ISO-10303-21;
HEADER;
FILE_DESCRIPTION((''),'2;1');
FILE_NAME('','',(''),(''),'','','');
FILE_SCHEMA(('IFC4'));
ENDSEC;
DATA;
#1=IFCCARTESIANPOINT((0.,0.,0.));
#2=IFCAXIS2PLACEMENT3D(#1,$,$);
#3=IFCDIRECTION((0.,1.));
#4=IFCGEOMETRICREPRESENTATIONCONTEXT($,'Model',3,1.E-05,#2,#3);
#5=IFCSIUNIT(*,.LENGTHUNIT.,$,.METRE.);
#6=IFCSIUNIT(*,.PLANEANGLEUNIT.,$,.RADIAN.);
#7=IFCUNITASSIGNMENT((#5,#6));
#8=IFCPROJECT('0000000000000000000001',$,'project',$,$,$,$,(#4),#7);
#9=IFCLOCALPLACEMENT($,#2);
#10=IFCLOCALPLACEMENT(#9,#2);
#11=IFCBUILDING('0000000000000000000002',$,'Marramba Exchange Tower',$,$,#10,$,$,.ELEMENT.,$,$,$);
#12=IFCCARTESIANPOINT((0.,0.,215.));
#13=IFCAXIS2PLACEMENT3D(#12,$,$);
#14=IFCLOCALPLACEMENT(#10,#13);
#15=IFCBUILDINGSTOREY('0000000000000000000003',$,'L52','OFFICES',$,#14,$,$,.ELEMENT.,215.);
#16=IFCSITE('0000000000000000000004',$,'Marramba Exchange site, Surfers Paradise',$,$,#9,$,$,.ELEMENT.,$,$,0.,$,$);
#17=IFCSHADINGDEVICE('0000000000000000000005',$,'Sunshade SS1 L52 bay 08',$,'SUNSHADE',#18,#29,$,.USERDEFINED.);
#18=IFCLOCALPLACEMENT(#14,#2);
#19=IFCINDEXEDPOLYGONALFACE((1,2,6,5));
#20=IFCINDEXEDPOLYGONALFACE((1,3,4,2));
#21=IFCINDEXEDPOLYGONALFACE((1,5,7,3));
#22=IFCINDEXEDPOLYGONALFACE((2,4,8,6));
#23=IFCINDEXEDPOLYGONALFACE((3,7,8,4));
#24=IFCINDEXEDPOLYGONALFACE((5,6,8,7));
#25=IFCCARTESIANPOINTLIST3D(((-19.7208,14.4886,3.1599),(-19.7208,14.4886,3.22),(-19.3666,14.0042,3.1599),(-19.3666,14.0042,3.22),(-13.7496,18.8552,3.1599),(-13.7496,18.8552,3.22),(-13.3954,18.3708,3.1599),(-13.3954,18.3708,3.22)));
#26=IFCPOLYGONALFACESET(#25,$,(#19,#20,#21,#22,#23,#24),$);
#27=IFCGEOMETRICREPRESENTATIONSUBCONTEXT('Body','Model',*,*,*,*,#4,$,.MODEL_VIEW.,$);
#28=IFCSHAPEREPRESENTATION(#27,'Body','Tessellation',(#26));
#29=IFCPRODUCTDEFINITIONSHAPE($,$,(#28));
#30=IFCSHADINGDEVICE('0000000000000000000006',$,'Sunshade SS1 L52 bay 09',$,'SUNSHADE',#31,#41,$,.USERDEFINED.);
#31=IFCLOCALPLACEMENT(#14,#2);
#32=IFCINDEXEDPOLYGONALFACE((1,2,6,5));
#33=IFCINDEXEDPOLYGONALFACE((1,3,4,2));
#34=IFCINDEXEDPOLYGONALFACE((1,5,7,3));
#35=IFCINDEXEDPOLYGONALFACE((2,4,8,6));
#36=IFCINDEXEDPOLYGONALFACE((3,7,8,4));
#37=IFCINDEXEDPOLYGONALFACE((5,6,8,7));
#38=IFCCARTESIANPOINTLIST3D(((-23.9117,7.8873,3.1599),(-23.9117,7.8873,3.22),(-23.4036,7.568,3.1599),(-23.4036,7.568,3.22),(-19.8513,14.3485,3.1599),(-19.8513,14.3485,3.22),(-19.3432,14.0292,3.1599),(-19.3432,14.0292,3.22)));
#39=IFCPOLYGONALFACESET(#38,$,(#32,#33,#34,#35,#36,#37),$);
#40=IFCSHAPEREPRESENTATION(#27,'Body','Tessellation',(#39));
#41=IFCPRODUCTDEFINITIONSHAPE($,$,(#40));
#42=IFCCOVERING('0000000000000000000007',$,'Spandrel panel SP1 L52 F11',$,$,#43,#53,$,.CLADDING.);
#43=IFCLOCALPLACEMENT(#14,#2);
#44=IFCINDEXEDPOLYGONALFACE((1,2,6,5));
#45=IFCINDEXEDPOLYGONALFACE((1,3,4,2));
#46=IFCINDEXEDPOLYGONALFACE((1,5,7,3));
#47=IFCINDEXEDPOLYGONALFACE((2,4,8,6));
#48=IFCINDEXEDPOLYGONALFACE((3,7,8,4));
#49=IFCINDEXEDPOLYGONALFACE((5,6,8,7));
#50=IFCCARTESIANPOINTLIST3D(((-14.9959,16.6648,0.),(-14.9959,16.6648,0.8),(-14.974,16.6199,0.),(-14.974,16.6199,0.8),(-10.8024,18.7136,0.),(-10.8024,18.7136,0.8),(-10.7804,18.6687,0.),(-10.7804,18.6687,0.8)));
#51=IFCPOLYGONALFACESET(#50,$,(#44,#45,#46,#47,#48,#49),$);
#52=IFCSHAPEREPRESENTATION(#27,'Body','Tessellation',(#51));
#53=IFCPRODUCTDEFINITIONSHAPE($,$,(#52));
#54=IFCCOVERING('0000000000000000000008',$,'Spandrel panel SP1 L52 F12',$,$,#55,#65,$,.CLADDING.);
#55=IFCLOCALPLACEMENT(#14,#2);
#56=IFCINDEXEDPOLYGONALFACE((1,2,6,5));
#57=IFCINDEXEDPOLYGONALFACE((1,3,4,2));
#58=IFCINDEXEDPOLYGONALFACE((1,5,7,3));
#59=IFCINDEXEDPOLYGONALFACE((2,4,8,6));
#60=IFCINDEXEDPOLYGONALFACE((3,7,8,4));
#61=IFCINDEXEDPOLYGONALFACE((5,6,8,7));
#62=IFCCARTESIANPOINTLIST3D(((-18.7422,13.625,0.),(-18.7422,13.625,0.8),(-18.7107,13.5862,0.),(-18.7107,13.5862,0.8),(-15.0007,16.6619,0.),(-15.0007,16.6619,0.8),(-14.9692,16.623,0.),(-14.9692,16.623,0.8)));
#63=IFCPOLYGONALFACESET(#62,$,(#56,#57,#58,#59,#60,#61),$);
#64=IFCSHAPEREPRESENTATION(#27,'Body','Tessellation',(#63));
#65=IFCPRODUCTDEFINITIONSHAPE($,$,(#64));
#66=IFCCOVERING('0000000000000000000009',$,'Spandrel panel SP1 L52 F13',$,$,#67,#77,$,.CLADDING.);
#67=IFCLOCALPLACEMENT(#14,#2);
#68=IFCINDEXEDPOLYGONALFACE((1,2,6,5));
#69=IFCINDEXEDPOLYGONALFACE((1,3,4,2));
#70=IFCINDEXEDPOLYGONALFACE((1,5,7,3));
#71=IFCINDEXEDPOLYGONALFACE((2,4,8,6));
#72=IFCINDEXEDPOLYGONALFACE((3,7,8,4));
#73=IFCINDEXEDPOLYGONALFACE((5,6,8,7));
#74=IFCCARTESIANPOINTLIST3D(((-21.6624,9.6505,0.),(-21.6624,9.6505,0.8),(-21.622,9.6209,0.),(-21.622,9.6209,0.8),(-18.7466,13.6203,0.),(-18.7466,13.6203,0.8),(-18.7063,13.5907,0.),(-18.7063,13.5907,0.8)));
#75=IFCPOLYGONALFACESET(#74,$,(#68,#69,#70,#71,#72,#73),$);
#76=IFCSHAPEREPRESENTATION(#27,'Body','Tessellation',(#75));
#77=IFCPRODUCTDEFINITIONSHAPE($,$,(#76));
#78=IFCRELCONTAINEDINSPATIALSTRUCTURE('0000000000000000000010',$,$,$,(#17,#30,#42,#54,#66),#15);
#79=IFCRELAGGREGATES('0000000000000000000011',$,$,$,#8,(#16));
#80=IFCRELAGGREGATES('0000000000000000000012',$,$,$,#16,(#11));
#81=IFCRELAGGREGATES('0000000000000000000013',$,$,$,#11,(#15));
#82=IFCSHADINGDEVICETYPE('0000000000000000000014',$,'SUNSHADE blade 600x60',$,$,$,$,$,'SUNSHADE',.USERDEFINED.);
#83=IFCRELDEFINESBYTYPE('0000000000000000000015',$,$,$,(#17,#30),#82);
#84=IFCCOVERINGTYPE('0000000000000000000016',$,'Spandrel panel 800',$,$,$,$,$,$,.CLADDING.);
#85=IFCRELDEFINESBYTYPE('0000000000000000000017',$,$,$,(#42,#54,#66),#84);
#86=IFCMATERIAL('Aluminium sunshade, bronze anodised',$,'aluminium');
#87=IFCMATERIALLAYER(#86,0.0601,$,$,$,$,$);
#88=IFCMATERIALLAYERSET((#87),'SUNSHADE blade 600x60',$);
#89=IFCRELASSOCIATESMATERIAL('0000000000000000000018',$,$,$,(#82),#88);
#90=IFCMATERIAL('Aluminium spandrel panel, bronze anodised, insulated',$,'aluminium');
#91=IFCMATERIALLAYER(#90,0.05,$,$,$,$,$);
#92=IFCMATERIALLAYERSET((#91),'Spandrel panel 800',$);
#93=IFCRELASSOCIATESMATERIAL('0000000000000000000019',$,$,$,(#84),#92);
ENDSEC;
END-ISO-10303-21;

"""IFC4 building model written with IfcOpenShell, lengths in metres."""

from ifc_helpers import new_model, si_unit, direction, frame, origin, origin_2d, place, context, subcontext, project, spatial, rectangle, extrude, material, layer, layer_set, type_object, element, save


model = new_model("IFC4")

# Units and contexts
model_context = context("Model", 3, precision=1e-05, world=origin(), true_north=direction((0.0, 1.0)))
body_context = subcontext(model_context, "Body", "Model", "MODEL_VIEW")
ifc_project = project(units=[si_unit("LENGTHUNIT", "METRE"), si_unit("PLANEANGLEUNIT", "RADIAN")], contexts=[model_context])

# Site, building, storey
site_placement = place(None, origin())
site = spatial("IfcSite", under=ifc_project, at=site_placement, Name="Marramba Exchange site, Surfers Paradise", CompositionType="ELEMENT", RefElevation=0.0)
building_placement = place(site_placement, origin())
building = spatial("IfcBuilding", under=site, at=building_placement, Name="Marramba Exchange Tower", CompositionType="ELEMENT")
storey_placement = place(building_placement, frame((0.0, 0.0, 215.0)))
storey = spatial("IfcBuildingStorey", under=building, at=storey_placement, Name="L52", Description="OFFICES", CompositionType="ELEMENT", Elevation=215.0)

# Shading devices
ifc_material_1 = material(Name="Aluminium sunshade, bronze anodised", Category="aluminium")
ifc_layer_1 = layer(ifc_material_1, 0.0601)
ifc_layer_set_1 = layer_set([ifc_layer_1], Name="SUNSHADE blade 600x60")
shading_device_type_1 = type_object("IfcShadingDeviceType", Name="SUNSHADE blade 600x60", ElementType="SUNSHADE", PredefinedType="USERDEFINED", material=ifc_layer_set_1)
shading_device_1_placement = place(storey_placement, frame((-16.5581, 16.4297, 3.1599), z_axis=(0.0, 0.0, 1.0), x_axis=(-0.807194, -0.590286, 0.0)))
element("IfcShadingDevice", 1, at=shading_device_1_placement, inside=storey, type_object=shading_device_type_1, Name="Sunshade SS1 L52 bay 08", ObjectType="SUNSHADE", PredefinedType="USERDEFINED", context=body_context, shape_type="SweptSolid", body=[
    extrude(rectangle(XDim=7.3975, YDim=0.6001, at=origin_2d()), origin(), (0.0, 0.0, 1.0), 0.0601),
])
shading_device_2_placement = place(storey_placement, frame((-21.6274, 10.9583, 3.1599), z_axis=(0.0, 0.0, 1.0), x_axis=(-0.532082, -0.846693, 0.0)))
element("IfcShadingDevice", 2, at=shading_device_2_placement, inside=storey, type_object=shading_device_type_1, Name="Sunshade SS1 L52 bay 09", ObjectType="SUNSHADE", PredefinedType="USERDEFINED", context=body_context, shape_type="SweptSolid", body=[
    extrude(rectangle(XDim=7.6311, YDim=0.6001, at=origin_2d()), origin(), (0.0, 0.0, 1.0), 0.0601),
])

# Coverings
ifc_material_2 = material(Name="Aluminium spandrel panel, bronze anodised, insulated", Category="aluminium")
ifc_layer_2 = layer(ifc_material_2, 0.05)
ifc_layer_set_2 = layer_set([ifc_layer_2], Name="Spandrel panel 800")
covering_type = type_object("IfcCoveringType", Name="Spandrel panel 800", PredefinedType="CLADDING", material=ifc_layer_set_2)
covering_1_placement = place(storey_placement, frame((-12.8882, 17.6667, 0.0), z_axis=(0.0, 0.0, 1.0), x_axis=(-0.898501, -0.438972, 0.0)))
element("IfcCovering", 3, at=covering_1_placement, inside=storey, type_object=covering_type, Name="Spandrel panel SP1 L52 F11", PredefinedType="CLADDING", context=body_context, shape_type="SweptSolid", body=[
    extrude(rectangle(XDim=4.6672, YDim=0.05, at=origin_2d()), origin(), (0.0, 0.0, 1.0), 0.8),
])
covering_2_placement = place(storey_placement, frame((-16.8557, 15.124, 0.0), z_axis=(0.0, 0.0, 1.0), x_axis=(-0.776432, -0.630201, 0.0)))
element("IfcCovering", 4, at=covering_2_placement, inside=storey, type_object=covering_type, Name="Spandrel panel SP1 L52 F12", PredefinedType="CLADDING", context=body_context, shape_type="SweptSolid", body=[
    extrude(rectangle(XDim=4.8188, YDim=0.05, at=origin_2d()), origin(), (0.0, 0.0, 1.0), 0.8),
])
covering_3_placement = place(storey_placement, frame((-20.1843, 11.6206, 0.0), z_axis=(0.0, 0.0, 1.0), x_axis=(-0.591963, -0.805965, 0.0)))
element("IfcCovering", 5, at=covering_3_placement, inside=storey, type_object=covering_type, Name="Spandrel panel SP1 L52 F13", PredefinedType="CLADDING", context=body_context, shape_type="SweptSolid", body=[
    extrude(rectangle(XDim=4.9255, YDim=0.05, at=origin_2d()), origin(), (0.0, 0.0, 1.0), 0.8),
])

save(model, "model.ifc")
